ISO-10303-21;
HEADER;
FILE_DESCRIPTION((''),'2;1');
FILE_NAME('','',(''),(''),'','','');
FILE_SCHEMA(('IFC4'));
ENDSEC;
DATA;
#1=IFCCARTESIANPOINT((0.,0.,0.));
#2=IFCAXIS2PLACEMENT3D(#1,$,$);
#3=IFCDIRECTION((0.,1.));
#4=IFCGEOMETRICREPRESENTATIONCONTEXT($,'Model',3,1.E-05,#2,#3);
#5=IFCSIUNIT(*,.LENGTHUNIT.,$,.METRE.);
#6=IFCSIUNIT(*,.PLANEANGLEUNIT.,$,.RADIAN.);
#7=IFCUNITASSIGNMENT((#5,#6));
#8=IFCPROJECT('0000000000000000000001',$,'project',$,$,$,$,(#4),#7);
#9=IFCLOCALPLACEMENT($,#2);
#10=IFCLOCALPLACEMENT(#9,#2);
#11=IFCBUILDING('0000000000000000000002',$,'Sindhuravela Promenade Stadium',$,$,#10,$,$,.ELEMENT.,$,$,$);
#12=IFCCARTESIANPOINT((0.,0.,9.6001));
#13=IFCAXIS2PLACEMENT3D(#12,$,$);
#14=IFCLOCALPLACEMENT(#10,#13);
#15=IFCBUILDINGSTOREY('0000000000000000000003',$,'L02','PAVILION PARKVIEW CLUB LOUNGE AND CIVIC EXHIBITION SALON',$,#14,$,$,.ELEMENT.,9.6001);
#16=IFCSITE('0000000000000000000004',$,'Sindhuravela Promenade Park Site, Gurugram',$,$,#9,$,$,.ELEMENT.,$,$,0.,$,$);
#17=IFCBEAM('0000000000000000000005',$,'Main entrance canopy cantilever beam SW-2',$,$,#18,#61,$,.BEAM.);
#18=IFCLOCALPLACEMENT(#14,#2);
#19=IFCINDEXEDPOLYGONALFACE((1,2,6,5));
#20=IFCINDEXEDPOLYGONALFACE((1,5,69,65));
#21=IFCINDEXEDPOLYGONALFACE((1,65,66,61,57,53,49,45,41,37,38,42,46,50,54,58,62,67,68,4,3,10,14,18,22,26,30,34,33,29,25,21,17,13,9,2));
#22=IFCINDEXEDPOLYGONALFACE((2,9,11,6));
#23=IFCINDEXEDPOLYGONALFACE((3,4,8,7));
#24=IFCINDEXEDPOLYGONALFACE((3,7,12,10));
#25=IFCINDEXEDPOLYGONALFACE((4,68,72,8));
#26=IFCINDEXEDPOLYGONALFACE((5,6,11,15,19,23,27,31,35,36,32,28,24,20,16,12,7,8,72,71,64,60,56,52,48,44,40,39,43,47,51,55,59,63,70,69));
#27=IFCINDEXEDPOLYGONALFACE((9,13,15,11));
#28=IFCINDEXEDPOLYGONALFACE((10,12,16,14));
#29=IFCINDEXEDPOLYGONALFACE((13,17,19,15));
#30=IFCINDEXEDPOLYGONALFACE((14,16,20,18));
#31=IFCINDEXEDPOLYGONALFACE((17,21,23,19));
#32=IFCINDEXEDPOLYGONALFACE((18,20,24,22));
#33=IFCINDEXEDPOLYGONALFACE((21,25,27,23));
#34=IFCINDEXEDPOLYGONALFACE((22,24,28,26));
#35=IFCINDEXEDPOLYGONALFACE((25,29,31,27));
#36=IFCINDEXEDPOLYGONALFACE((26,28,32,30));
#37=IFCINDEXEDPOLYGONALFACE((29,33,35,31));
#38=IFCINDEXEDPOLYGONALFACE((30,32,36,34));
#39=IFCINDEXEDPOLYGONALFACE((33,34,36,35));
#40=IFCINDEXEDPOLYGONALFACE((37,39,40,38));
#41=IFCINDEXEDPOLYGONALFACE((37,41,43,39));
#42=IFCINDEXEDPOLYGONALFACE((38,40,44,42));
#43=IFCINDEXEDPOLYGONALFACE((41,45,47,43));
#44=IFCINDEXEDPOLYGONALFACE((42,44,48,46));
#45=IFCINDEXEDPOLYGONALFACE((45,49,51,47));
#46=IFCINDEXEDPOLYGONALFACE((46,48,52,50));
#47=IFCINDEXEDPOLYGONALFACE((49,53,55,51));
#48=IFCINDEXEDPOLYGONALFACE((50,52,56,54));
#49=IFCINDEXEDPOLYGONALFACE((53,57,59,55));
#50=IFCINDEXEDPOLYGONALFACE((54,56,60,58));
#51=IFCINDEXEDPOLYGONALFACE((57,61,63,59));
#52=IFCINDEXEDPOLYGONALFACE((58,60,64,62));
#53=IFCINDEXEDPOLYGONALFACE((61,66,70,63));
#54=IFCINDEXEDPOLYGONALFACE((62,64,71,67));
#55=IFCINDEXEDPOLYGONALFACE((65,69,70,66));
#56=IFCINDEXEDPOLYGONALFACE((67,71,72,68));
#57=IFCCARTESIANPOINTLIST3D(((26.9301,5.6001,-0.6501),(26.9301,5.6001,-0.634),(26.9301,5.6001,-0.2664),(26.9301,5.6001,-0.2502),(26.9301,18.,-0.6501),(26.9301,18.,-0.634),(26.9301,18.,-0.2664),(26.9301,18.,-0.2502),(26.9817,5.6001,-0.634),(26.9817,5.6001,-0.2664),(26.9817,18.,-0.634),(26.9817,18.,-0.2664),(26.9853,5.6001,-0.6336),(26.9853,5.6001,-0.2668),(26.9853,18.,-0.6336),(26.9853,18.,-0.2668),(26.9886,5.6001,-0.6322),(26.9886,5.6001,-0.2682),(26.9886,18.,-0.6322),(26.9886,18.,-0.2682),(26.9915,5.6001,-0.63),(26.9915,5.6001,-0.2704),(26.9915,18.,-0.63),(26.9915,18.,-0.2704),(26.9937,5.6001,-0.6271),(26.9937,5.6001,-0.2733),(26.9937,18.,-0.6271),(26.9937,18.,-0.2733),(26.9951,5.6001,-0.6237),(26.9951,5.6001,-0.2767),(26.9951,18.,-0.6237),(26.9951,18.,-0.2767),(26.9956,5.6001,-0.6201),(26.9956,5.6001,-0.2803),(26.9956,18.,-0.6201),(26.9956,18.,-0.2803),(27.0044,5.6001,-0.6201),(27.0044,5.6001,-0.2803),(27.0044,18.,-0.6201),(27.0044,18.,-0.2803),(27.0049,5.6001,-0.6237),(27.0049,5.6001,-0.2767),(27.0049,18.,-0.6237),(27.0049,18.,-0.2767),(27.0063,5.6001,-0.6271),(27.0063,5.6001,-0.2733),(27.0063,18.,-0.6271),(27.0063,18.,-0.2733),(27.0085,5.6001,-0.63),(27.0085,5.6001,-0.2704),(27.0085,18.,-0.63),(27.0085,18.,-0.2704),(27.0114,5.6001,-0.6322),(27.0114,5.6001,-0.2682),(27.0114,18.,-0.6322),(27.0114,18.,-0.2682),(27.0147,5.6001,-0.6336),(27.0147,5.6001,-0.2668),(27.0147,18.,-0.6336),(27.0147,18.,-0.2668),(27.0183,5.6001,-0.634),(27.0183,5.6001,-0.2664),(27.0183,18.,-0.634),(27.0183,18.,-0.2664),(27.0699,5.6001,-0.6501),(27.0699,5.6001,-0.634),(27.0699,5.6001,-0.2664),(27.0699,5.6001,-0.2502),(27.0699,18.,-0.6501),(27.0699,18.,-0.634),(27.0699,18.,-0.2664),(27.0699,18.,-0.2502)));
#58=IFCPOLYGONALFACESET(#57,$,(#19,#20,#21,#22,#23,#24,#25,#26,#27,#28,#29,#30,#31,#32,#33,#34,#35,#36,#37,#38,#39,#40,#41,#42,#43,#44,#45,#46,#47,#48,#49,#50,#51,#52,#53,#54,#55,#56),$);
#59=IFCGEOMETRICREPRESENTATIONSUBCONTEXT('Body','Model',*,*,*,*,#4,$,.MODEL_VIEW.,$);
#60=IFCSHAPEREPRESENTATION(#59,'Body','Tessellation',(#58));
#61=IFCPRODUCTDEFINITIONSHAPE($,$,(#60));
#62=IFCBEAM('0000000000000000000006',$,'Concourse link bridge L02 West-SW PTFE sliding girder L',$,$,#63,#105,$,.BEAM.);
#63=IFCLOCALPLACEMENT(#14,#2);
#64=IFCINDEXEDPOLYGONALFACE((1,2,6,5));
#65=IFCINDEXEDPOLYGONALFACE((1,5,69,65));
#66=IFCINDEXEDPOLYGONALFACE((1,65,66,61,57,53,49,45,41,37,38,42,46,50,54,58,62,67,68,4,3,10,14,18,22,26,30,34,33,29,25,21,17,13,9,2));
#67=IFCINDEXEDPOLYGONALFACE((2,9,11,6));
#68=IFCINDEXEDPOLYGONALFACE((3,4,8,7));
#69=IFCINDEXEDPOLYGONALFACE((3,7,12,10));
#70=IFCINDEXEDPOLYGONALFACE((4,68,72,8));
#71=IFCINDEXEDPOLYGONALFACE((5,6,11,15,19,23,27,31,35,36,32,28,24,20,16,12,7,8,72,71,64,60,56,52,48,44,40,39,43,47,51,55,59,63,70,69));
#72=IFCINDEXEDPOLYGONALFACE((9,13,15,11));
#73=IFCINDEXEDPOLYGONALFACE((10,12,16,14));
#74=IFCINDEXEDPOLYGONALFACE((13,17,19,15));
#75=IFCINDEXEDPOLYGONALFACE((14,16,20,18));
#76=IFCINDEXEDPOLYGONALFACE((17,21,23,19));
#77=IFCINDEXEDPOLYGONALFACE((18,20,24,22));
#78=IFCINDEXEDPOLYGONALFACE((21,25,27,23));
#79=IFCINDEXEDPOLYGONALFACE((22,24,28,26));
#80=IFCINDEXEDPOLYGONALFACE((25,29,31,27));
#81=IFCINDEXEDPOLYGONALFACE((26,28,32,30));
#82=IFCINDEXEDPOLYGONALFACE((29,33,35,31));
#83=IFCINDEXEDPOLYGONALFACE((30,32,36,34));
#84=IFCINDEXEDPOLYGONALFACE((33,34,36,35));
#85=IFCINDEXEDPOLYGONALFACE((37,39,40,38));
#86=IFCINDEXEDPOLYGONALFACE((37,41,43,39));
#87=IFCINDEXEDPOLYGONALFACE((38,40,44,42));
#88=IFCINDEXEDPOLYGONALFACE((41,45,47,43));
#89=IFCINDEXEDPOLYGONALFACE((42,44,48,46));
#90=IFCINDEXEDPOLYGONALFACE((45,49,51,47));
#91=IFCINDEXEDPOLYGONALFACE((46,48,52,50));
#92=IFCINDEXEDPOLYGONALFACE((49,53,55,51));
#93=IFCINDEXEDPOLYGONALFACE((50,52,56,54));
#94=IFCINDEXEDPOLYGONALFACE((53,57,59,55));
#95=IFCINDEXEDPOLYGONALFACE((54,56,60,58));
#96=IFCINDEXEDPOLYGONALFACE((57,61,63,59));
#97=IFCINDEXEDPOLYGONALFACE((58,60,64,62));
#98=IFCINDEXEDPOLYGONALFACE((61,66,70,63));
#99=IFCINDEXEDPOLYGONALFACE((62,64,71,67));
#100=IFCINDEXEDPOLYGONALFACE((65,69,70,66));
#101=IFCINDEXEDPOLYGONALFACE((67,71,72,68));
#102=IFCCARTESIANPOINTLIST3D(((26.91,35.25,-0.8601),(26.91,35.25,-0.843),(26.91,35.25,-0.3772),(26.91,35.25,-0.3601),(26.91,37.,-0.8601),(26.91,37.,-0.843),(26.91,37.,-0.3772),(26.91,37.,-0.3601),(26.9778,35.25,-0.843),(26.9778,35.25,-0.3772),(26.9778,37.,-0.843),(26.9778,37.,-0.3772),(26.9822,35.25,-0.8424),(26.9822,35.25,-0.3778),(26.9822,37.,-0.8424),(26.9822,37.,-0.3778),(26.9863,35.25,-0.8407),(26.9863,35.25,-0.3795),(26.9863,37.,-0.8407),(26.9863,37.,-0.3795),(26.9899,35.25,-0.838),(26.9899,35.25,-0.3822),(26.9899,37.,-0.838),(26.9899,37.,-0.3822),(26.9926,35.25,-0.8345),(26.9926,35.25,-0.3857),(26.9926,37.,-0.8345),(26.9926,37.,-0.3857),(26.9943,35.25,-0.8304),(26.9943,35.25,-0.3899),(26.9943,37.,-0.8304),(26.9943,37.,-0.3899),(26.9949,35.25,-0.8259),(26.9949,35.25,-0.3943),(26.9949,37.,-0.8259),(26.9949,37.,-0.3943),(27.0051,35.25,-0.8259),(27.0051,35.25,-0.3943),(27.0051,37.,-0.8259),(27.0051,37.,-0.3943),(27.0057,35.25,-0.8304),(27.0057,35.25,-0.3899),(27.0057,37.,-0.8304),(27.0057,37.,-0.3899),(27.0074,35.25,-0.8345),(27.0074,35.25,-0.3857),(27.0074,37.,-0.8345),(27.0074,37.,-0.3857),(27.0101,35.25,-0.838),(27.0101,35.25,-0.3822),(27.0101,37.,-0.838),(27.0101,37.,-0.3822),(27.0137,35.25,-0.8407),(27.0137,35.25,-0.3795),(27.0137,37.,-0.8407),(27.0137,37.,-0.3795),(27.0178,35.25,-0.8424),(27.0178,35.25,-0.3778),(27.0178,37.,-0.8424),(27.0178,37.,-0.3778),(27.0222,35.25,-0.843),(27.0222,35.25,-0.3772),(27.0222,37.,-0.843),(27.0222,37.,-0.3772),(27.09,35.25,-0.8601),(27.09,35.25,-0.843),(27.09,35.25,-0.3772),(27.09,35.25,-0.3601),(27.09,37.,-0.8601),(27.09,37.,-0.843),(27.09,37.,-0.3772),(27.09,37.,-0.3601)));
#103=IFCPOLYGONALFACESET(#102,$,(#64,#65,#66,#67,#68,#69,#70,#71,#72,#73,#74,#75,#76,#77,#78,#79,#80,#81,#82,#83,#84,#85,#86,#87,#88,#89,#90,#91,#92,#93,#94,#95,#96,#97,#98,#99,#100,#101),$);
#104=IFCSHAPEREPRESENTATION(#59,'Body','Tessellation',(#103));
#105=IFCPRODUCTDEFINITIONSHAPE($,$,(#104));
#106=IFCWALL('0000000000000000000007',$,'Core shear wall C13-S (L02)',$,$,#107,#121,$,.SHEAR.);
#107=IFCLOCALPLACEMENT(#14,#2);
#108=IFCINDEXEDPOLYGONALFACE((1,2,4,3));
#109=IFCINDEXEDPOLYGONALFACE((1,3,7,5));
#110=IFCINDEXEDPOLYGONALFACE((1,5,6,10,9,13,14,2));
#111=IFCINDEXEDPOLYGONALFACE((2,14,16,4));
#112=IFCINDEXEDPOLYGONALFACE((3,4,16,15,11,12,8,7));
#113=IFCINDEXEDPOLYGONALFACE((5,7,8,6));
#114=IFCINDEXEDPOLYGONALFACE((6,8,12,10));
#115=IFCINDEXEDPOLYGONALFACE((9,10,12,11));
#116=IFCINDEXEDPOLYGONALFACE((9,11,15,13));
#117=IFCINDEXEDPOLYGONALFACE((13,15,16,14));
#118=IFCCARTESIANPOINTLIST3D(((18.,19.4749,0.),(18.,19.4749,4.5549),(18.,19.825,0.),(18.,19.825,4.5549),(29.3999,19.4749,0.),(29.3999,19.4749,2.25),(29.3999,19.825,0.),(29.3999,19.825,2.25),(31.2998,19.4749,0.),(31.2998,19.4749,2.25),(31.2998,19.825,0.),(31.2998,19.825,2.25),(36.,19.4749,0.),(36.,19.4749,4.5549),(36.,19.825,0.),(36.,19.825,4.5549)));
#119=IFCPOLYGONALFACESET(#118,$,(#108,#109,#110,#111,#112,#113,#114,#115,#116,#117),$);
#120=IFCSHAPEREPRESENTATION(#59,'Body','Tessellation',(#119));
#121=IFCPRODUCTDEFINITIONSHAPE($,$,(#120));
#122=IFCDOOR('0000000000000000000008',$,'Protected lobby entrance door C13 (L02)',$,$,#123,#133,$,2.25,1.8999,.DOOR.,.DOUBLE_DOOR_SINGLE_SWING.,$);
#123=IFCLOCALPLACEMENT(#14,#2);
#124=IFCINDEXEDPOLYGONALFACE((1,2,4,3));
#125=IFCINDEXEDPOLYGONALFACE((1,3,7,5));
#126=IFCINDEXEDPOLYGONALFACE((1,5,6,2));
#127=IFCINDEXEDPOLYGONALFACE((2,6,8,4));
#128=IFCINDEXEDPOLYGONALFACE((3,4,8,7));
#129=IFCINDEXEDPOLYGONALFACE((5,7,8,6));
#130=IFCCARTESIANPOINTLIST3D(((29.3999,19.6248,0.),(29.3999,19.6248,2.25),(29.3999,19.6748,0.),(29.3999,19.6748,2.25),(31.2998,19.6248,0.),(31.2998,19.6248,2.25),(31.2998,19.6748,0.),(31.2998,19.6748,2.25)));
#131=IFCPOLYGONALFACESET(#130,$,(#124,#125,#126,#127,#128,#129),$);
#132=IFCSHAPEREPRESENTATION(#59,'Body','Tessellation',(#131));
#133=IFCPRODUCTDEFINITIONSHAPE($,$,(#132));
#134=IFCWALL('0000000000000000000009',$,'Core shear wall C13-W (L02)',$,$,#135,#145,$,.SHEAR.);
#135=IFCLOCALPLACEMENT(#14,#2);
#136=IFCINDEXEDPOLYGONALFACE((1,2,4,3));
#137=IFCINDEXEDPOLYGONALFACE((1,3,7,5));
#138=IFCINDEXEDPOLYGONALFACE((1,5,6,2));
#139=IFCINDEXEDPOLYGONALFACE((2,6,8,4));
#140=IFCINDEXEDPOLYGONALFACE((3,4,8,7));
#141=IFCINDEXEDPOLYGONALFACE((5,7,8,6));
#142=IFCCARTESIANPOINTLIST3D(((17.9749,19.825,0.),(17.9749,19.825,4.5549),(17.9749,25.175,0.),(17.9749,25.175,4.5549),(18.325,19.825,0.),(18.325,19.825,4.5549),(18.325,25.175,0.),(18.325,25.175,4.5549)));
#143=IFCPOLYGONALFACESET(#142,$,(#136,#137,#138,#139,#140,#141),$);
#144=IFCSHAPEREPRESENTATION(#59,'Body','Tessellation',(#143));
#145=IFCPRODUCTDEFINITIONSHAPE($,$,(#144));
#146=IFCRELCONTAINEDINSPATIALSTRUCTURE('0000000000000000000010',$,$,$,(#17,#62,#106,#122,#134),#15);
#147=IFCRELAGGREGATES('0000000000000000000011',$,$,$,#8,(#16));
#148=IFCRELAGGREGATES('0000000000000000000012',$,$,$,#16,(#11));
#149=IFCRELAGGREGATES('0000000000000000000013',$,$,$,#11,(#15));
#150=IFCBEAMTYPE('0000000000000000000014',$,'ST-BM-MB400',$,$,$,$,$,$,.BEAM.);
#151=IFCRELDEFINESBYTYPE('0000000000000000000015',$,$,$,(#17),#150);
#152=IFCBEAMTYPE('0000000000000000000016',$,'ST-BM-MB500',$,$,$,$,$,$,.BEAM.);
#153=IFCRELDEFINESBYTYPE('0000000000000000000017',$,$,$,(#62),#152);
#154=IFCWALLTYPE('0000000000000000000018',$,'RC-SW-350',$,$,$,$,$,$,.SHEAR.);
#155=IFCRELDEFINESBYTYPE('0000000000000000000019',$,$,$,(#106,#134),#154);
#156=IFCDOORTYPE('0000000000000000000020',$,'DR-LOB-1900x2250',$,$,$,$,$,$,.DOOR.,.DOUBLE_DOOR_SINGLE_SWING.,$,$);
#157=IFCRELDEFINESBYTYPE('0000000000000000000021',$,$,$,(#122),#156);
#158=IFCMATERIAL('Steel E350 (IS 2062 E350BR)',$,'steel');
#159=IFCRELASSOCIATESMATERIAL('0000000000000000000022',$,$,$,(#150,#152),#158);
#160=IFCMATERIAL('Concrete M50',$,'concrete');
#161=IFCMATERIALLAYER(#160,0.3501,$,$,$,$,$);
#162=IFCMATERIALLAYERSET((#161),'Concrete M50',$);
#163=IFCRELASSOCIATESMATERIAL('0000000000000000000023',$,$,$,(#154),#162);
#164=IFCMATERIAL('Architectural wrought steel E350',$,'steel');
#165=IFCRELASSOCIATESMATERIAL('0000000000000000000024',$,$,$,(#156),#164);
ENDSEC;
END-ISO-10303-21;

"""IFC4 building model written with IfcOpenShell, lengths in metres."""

from ifc_helpers import new_model, si_unit, direction, frame, frame_2d, origin, origin_2d, place, context, subcontext, project, spatial, rectangle, i_section, extrude, material, layer, layer_set, material_profile, profile_set, type_object, element, fill, save


model = new_model("IFC4")

# Units and contexts
model_context = context("Model", 3, precision=1e-05, world=origin(), true_north=direction((0.0, 1.0)))
body_context = subcontext(model_context, "Body", "Model", "MODEL_VIEW")
ifc_project = project(units=[si_unit("LENGTHUNIT", "METRE"), si_unit("PLANEANGLEUNIT", "RADIAN")], contexts=[model_context])

# Site, building, storey
site_placement = place(None, origin())
site = spatial("IfcSite", under=ifc_project, at=site_placement, Name="Sindhuravela Promenade Park Site, Gurugram", CompositionType="ELEMENT", RefElevation=0.0)
building_placement = place(site_placement, origin())
building = spatial("IfcBuilding", under=site, at=building_placement, Name="Sindhuravela Promenade Stadium", CompositionType="ELEMENT")
storey_placement = place(building_placement, frame((0.0, 0.0, 9.6001)))
storey = spatial("IfcBuildingStorey", under=building, at=storey_placement, Name="L02", Description="PAVILION PARKVIEW CLUB LOUNGE AND CIVIC EXHIBITION SALON", CompositionType="ELEMENT", Elevation=9.6001)

# Beams
ifc_material_1 = material(Name="Steel E350 (IS 2062 E350BR)", Category="steel")
ifc_material_profile_1 = material_profile(ifc_material_1, i_section(OverallWidth=0.1399, OverallDepth=0.3999, WebThickness=0.0088, FlangeThickness=0.0161, FilletRadius=0.0139, at=origin_2d()), Name="ISMB 400")
ifc_profile_set_1 = profile_set([ifc_material_profile_1], Name="Steel E350 (IS 2062 E350BR)")
beam_type_1 = type_object("IfcBeamType", Name="ST-BM-MB400", PredefinedType="BEAM", material=ifc_profile_set_1)
beam_1_placement = place(storey_placement, frame((27.0, 18.0, -0.4502), z_axis=(0.0, -1.0, 0.0), x_axis=(1.0, 0.0, 0.0)))
element("IfcBeam", 1, at=beam_1_placement, inside=storey, type_object=beam_type_1, Name="Main entrance canopy cantilever beam SW-2", PredefinedType="BEAM", context=body_context, shape_type="SweptSolid", body=[
    extrude(i_section(OverallWidth=0.1399, OverallDepth=0.3999, WebThickness=0.0088, FlangeThickness=0.0161, FilletRadius=0.0139, at=origin_2d()), origin(), (0.0, 0.0, 1.0), 12.3999),
])
ifc_material_profile_2 = material_profile(ifc_material_1, i_section(OverallWidth=0.1799, OverallDepth=0.5, WebThickness=0.0103, FlangeThickness=0.0171, FilletRadius=0.0171, at=origin_2d()), Name="ISMB 500")
ifc_profile_set_2 = profile_set([ifc_material_profile_2], Name="Steel E350 (IS 2062 E350BR)")
beam_type_2 = type_object("IfcBeamType", Name="ST-BM-MB500", PredefinedType="BEAM", material=ifc_profile_set_2)
beam_2_placement = place(storey_placement, frame((27.0, 35.25, -0.6101), z_axis=(0.0, 1.0, 0.0), x_axis=(-1.0, 0.0, 0.0)))
element("IfcBeam", 2, at=beam_2_placement, inside=storey, type_object=beam_type_2, Name="Concourse link bridge L02 West-SW PTFE sliding girder L", PredefinedType="BEAM", context=body_context, shape_type="SweptSolid", body=[
    extrude(i_section(OverallWidth=0.1799, OverallDepth=0.5, WebThickness=0.0103, FlangeThickness=0.0171, FilletRadius=0.0171, at=origin_2d()), origin(), (0.0, 0.0, 1.0), 1.75),
])

# Wall, opening, door
ifc_material_2 = material(Name="Concrete M50", Category="concrete")
ifc_layer = layer(ifc_material_2, 0.3501)
ifc_layer_set = layer_set([ifc_layer], Name="Concrete M50")
wall_type = type_object("IfcWallType", Name="RC-SW-350", PredefinedType="SHEAR", material=ifc_layer_set)
wall_1_placement = place(storey_placement, frame((18.0, 19.6499, 0.0), z_axis=(0.0, 0.0, 1.0), x_axis=(1.0, 0.0, 0.0)))
wall_1 = element("IfcWall", 3, at=wall_1_placement, inside=storey, type_object=wall_type, Name="Core shear wall C13-S (L02)", PredefinedType="SHEAR", context=body_context, shape_type="SweptSolid", body=[
    extrude(rectangle(XDim=18.0, YDim=0.3501, at=frame_2d((9.0, 0.0))), origin(), (0.0, 0.0, 1.0), 4.5549),
])
opening_placement = place(wall_1_placement, frame((11.3999, 0.0, 0.0)))
opening = element("IfcOpeningElement", 4, at=opening_placement, cuts=wall_1, PredefinedType="OPENING", context=body_context, shape_type="SweptSolid", body=[
    extrude(rectangle(XDim=1.8999, YDim=2.25, at=frame_2d((0.95, 1.125))), frame((0.0, 0.1851, 0.0), z_axis=(0.0, -1.0, 0.0), x_axis=(1.0, 0.0, 0.0)), (0.0, 0.0, 1.0), 0.3701),
])
ifc_material_3 = material(Name="Architectural wrought steel E350", Category="steel")
door_type = type_object("IfcDoorType", Name="DR-LOB-1900x2250", OperationType="DOUBLE_DOOR_SINGLE_SWING", PredefinedType="DOOR", material=ifc_material_3)
door_placement = place(opening_placement, origin())
door = element("IfcDoor", 5, at=door_placement, inside=storey, type_object=door_type, Name="Protected lobby entrance door C13 (L02)", OperationType="DOUBLE_DOOR_SINGLE_SWING", OverallHeight=2.25, OverallWidth=1.8999, PredefinedType="DOOR", context=body_context, shape_type="SweptSolid", body=[
    extrude(rectangle(XDim=1.8999, YDim=2.25, at=frame_2d((0.95, 1.125))), frame((0.0, 0.0249, 0.0), z_axis=(0.0, -1.0, 0.0), x_axis=(1.0, 0.0, 0.0)), (0.0, 0.0, 1.0), 0.05),
])
fill(opening, door)

# Wall
wall_2_placement = place(storey_placement, frame((18.1499, 25.175, 0.0), z_axis=(0.0, 0.0, 1.0), x_axis=(0.0, -1.0, 0.0)))
element("IfcWall", 6, at=wall_2_placement, inside=storey, type_object=wall_type, Name="Core shear wall C13-W (L02)", PredefinedType="SHEAR", context=body_context, shape_type="SweptSolid", body=[
    extrude(rectangle(XDim=5.3501, YDim=0.3501, at=frame_2d((2.675, 0.0))), origin(), (0.0, 0.0, 1.0), 4.5549),
])

save(model, "model.ifc")
